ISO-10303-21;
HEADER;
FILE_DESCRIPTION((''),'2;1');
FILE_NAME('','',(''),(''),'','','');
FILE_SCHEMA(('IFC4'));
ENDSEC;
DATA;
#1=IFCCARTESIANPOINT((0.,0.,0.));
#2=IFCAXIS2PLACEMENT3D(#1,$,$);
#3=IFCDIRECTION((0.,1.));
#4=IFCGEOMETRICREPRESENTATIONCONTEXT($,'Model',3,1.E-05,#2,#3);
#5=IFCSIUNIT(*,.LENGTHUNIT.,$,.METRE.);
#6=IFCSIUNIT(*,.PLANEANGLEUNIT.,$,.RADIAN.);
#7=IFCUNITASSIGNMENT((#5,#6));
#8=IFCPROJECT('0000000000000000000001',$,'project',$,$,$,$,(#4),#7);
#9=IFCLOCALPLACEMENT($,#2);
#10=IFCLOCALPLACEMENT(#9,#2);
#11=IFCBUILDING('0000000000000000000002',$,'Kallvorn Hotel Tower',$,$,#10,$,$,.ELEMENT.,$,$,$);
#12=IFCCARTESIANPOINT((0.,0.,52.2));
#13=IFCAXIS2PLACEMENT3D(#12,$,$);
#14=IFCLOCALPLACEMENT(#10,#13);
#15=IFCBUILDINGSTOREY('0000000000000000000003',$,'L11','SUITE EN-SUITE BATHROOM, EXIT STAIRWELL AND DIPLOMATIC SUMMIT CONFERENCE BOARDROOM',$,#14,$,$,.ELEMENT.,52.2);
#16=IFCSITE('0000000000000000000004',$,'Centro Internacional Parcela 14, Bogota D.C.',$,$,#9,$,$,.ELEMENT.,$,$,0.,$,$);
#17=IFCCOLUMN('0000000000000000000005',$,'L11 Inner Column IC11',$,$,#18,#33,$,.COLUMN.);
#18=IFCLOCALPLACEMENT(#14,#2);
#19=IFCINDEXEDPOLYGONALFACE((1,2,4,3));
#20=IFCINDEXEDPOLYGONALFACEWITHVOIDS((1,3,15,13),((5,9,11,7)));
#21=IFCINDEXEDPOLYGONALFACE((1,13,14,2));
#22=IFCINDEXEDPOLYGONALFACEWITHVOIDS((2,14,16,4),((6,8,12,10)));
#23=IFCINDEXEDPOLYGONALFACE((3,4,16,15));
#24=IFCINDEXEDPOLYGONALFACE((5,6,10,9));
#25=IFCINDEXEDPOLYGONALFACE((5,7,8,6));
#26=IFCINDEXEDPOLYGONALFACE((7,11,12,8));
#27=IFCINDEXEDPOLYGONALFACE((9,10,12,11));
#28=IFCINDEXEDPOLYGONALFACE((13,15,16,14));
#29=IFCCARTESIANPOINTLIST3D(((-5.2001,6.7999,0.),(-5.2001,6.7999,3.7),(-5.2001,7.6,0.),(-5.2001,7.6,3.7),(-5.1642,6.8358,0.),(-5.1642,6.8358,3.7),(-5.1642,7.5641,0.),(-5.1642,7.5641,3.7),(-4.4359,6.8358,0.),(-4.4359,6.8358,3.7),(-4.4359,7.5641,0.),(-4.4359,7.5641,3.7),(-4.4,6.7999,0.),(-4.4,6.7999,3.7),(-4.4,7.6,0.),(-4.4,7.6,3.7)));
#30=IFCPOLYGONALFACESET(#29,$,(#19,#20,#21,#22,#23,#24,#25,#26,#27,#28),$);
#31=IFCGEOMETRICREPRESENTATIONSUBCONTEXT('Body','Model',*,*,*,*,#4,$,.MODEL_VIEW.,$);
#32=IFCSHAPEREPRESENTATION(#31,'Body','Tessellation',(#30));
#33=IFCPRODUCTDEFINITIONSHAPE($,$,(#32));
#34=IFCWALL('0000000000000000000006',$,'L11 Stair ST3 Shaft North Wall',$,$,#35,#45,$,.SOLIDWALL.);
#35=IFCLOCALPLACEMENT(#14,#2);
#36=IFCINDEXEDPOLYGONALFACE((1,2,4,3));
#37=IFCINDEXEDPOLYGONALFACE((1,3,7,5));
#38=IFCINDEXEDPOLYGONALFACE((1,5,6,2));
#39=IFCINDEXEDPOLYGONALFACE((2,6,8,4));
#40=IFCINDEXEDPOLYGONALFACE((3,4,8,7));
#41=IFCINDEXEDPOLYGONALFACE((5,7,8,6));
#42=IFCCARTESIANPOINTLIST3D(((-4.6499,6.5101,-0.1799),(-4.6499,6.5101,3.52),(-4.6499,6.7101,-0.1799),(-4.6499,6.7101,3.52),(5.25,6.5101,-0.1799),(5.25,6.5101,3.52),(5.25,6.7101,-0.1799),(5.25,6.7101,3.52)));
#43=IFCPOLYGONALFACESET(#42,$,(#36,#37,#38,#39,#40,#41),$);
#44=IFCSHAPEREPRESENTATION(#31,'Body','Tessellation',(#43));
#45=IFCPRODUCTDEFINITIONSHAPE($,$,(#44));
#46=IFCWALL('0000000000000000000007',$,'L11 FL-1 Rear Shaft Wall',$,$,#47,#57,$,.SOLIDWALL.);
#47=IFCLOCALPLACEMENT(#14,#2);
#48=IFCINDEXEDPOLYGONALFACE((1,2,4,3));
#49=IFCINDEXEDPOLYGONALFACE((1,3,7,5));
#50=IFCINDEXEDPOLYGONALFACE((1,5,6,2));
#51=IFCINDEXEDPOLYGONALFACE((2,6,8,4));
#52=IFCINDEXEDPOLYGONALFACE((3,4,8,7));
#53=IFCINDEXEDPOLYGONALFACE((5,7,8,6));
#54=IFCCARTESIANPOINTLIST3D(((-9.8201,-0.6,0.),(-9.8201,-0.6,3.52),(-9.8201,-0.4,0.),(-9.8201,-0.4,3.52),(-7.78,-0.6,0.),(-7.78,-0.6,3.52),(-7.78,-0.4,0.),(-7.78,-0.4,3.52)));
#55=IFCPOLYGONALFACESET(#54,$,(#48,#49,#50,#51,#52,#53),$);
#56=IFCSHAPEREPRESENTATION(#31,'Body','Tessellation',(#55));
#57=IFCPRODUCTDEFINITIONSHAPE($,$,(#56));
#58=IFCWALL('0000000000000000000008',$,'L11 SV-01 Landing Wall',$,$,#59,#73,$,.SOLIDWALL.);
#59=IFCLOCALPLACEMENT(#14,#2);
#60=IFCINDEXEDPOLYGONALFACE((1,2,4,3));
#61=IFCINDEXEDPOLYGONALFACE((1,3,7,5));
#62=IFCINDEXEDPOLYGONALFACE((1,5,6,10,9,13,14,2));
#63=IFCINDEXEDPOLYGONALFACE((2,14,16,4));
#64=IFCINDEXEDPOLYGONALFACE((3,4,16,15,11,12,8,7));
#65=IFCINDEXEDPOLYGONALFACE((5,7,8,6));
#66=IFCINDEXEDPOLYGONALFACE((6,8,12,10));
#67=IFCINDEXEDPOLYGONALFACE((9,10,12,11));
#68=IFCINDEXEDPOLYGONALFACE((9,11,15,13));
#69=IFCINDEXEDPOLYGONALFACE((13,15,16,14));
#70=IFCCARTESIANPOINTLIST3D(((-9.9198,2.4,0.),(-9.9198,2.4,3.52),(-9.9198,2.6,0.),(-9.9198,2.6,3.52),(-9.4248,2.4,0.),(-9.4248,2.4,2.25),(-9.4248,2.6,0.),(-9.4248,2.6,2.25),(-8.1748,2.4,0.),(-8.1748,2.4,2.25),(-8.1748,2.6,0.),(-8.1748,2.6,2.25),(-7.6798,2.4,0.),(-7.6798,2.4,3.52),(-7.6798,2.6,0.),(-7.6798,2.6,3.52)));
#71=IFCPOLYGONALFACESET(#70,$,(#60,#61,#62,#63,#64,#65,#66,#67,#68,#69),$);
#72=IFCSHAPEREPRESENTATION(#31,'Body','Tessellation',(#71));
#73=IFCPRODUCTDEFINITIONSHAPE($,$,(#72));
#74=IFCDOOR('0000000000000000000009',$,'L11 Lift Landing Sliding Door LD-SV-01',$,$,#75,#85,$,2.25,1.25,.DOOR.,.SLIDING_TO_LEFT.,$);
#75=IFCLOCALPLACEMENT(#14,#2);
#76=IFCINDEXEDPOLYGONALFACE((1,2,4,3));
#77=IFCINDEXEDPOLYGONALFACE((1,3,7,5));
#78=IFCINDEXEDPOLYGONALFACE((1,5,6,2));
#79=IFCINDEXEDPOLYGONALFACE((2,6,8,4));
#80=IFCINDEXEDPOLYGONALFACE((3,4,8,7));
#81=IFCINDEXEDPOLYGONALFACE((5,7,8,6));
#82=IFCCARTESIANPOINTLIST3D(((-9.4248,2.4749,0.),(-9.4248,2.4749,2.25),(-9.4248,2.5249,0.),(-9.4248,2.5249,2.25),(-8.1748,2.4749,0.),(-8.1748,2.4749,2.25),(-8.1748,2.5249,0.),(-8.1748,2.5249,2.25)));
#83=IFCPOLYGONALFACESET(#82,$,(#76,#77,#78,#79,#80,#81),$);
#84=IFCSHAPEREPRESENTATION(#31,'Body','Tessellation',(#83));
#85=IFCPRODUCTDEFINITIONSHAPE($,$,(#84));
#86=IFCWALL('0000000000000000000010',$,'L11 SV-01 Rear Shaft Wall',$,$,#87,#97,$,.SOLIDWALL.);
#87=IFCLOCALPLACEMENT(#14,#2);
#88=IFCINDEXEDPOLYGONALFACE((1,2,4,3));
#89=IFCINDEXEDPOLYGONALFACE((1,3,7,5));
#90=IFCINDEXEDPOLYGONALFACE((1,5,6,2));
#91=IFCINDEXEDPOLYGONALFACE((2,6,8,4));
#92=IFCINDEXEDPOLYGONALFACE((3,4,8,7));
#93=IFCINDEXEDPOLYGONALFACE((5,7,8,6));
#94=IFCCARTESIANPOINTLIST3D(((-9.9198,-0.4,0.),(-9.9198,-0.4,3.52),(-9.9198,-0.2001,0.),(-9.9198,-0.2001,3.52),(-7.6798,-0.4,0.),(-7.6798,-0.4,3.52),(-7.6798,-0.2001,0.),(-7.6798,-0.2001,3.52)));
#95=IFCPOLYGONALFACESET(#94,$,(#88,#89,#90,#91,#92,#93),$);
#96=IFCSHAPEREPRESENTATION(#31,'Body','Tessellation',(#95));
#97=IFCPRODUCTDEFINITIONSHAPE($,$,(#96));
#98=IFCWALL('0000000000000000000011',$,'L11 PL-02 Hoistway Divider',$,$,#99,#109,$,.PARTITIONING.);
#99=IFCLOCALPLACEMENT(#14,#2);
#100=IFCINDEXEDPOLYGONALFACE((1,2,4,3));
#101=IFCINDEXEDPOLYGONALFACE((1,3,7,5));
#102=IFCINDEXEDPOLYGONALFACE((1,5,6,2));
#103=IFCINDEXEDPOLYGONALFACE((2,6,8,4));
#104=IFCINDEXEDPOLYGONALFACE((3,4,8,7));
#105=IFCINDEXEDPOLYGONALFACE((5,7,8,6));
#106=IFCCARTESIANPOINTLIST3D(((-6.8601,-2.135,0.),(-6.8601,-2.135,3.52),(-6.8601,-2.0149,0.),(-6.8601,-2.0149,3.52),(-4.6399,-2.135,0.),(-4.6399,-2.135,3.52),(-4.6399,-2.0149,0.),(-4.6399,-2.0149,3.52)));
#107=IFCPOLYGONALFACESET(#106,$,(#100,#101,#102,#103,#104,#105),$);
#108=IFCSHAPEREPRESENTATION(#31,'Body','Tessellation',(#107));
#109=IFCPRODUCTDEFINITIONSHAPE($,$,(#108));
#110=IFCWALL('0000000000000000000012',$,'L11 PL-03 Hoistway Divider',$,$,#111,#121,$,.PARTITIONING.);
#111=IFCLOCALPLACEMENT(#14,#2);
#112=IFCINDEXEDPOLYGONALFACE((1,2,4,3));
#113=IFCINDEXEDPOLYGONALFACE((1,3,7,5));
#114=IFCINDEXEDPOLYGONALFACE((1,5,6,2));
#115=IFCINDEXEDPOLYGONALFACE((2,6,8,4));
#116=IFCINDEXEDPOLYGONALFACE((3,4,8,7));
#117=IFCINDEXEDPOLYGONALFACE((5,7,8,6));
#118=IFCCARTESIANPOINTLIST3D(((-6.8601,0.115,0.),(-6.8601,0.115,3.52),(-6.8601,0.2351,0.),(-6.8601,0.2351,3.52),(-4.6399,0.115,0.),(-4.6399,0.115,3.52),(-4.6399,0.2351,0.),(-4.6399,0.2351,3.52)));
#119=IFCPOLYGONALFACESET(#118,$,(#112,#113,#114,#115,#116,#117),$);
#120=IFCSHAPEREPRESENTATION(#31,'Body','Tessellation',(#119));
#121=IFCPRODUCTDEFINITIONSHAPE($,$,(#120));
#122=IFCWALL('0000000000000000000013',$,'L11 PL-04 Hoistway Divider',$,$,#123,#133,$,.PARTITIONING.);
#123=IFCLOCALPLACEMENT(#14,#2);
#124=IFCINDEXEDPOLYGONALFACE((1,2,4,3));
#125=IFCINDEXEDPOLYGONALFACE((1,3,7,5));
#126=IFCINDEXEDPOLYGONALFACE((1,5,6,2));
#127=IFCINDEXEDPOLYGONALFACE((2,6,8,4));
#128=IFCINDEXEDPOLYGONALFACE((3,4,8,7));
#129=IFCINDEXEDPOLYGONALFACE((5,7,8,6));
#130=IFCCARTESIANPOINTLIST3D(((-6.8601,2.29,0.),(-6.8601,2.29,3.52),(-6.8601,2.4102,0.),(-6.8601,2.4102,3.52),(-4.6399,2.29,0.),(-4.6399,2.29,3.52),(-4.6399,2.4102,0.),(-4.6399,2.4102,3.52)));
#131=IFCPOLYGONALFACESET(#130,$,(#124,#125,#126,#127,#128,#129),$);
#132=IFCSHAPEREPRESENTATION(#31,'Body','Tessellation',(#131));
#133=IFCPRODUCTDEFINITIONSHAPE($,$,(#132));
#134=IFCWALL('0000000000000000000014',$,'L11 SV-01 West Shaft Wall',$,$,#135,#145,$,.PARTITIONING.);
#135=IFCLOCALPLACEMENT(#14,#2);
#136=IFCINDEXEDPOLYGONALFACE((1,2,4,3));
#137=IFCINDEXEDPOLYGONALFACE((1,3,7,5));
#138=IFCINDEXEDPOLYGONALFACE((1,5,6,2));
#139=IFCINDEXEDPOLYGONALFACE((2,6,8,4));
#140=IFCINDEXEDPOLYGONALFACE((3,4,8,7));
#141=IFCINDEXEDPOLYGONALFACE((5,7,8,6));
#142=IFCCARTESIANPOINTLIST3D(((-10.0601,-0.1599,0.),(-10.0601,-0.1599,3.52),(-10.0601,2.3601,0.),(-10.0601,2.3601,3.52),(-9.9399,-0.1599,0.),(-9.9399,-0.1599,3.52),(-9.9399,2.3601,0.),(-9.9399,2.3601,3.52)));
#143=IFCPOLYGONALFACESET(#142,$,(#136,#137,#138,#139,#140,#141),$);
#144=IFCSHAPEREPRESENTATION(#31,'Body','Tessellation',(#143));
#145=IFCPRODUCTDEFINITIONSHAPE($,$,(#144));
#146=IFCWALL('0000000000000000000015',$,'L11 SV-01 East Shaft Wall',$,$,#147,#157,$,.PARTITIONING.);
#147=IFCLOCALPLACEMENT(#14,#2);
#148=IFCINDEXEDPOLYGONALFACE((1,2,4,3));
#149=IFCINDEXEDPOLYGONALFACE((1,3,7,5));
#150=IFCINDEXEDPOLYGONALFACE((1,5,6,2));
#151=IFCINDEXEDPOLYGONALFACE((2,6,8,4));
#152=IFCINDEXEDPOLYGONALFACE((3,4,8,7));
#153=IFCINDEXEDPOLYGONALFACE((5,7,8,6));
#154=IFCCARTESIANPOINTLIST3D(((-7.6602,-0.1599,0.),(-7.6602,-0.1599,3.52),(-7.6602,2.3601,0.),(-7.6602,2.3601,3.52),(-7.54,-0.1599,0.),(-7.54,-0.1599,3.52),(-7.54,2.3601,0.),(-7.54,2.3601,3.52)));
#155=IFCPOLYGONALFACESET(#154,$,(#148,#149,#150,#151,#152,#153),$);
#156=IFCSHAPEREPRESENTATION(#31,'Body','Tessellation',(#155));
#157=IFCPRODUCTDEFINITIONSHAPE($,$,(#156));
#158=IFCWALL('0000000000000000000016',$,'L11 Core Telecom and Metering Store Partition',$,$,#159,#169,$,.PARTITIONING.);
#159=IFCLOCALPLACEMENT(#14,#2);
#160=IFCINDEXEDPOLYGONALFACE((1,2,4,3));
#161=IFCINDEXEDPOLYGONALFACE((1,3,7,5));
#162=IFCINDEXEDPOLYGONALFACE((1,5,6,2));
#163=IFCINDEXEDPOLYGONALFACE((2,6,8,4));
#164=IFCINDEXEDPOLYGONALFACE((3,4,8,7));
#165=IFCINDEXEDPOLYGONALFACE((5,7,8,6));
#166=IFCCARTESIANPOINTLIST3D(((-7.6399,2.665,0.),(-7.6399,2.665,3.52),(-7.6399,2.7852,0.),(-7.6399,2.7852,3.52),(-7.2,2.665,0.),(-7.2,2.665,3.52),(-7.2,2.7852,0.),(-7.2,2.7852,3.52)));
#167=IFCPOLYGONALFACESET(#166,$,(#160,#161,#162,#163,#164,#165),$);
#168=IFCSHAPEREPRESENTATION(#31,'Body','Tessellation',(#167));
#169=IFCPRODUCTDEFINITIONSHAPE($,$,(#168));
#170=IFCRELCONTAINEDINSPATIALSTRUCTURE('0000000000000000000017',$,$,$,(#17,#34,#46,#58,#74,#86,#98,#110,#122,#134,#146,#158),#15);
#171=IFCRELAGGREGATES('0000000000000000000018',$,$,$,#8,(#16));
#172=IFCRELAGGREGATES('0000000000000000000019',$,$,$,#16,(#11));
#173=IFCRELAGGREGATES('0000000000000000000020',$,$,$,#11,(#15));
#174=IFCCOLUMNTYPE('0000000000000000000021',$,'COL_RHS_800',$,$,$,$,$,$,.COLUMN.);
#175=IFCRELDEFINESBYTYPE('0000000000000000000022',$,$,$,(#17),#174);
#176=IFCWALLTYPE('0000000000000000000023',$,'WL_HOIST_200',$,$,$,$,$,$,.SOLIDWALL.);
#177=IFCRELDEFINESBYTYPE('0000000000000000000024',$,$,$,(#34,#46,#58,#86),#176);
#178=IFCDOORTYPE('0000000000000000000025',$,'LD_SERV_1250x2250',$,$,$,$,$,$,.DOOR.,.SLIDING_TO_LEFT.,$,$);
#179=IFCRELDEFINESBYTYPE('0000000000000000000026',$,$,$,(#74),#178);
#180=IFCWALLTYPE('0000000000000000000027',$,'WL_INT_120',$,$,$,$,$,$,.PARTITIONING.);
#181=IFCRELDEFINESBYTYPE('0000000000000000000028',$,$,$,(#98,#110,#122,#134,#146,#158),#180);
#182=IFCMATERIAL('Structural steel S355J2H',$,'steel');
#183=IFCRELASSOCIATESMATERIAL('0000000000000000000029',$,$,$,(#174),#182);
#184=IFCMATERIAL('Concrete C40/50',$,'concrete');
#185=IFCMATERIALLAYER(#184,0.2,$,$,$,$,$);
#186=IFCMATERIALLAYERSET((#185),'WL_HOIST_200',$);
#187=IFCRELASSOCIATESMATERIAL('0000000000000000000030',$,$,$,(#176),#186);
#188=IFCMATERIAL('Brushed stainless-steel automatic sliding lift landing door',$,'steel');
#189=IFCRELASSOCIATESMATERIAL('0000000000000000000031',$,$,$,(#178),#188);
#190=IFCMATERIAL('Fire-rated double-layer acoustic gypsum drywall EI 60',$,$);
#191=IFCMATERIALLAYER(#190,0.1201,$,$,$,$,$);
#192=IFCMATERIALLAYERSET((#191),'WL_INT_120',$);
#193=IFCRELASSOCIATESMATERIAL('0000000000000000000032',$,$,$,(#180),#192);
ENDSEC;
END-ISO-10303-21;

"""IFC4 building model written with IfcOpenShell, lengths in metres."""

from ifc_helpers import new_model, si_unit, direction, frame, frame_2d, origin, origin_2d, place, context, subcontext, project, spatial, rectangle, hollow_rectangle, extrude, material, layer, layer_set, material_profile, profile_set, type_object, element, fill, save


model = new_model("IFC4")

# Units and contexts
model_context = context("Model", 3, precision=1e-05, world=origin(), true_north=direction((0.0, 1.0)))
body_context = subcontext(model_context, "Body", "Model", "MODEL_VIEW")
ifc_project = project(units=[si_unit("LENGTHUNIT", "METRE"), si_unit("PLANEANGLEUNIT", "RADIAN")], contexts=[model_context])

# Site, building, storey
site_placement = place(None, origin())
site = spatial("IfcSite", under=ifc_project, at=site_placement, Name="Centro Internacional Parcela 14, Bogota D.C.", CompositionType="ELEMENT", RefElevation=0.0)
building_placement = place(site_placement, origin())
building = spatial("IfcBuilding", under=site, at=building_placement, Name="Kallvorn Hotel Tower", CompositionType="ELEMENT")
storey_placement = place(building_placement, frame((0.0, 0.0, 52.2)))
storey = spatial("IfcBuildingStorey", under=building, at=storey_placement, Name="L11", Description="SUITE EN-SUITE BATHROOM, EXIT STAIRWELL AND DIPLOMATIC SUMMIT CONFERENCE BOARDROOM", CompositionType="ELEMENT", Elevation=52.2)

# Column
ifc_material_1 = material(Name="Structural steel S355J2H", Category="steel")
ifc_material_profile = material_profile(ifc_material_1, hollow_rectangle(XDim=0.8, YDim=0.8, WallThickness=0.0359, at=origin_2d()), Name="RHS 800x800x36")
ifc_profile_set = profile_set([ifc_material_profile], Name="Structural steel S355J2H")
column_type = type_object("IfcColumnType", Name="COL_RHS_800", PredefinedType="COLUMN", material=ifc_profile_set)
column_placement = place(storey_placement, frame((-4.8, 7.2, 0.0), z_axis=(0.0, 0.0, 1.0), x_axis=(1.0, 0.0, 0.0)))
element("IfcColumn", 1, at=column_placement, inside=storey, type_object=column_type, Name="L11 Inner Column IC11", PredefinedType="COLUMN", context=body_context, shape_type="SweptSolid", body=[
    extrude(hollow_rectangle(XDim=0.8, YDim=0.8, WallThickness=0.0359, at=origin_2d()), origin(), (0.0, 0.0, 1.0), 3.7),
])

# Walls
ifc_material_2 = material(Name="Concrete C40/50", Category="concrete")
ifc_layer_1 = layer(ifc_material_2, 0.2)
ifc_layer_set_1 = layer_set([ifc_layer_1], Name="WL_HOIST_200")
wall_type_1 = type_object("IfcWallType", Name="WL_HOIST_200", PredefinedType="SOLIDWALL", material=ifc_layer_set_1)
wall_1_placement = place(storey_placement, frame((-4.6499, 6.6101, -0.1799), z_axis=(0.0, 0.0, 1.0), x_axis=(1.0, 0.0, 0.0)))
element("IfcWall", 2, at=wall_1_placement, inside=storey, type_object=wall_type_1, Name="L11 Stair ST3 Shaft North Wall", PredefinedType="SOLIDWALL", context=body_context, shape_type="SweptSolid", body=[
    extrude(rectangle(XDim=9.8999, YDim=0.2, at=frame_2d((4.95, 0.0))), origin(), (0.0, 0.0, 1.0), 3.7),
])
wall_2_placement = place(storey_placement, frame((-9.8201, -0.5, 0.0), z_axis=(0.0, 0.0, 1.0), x_axis=(1.0, 0.0, 0.0)))
element("IfcWall", 3, at=wall_2_placement, inside=storey, type_object=wall_type_1, Name="L11 FL-1 Rear Shaft Wall", PredefinedType="SOLIDWALL", context=body_context, shape_type="SweptSolid", body=[
    extrude(rectangle(XDim=2.04, YDim=0.2, at=frame_2d((1.02, 0.0))), origin(), (0.0, 0.0, 1.0), 3.52),
])

# Wall, opening, door
wall_3_placement = place(storey_placement, frame((-9.9199, 2.5, 0.0), z_axis=(0.0, 0.0, 1.0), x_axis=(1.0, 0.0, 0.0)))
wall_3 = element("IfcWall", 4, at=wall_3_placement, inside=storey, type_object=wall_type_1, Name="L11 SV-01 Landing Wall", PredefinedType="SOLIDWALL", context=body_context, shape_type="SweptSolid", body=[
    extrude(rectangle(XDim=2.24, YDim=0.2, at=frame_2d((1.1201, 0.0))), origin(), (0.0, 0.0, 1.0), 3.52),
])
opening_1_placement = place(wall_3_placement, frame((0.4951, 0.0, 0.0)))
opening_1 = element("IfcOpeningElement", 5, at=opening_1_placement, cuts=wall_3, PredefinedType="OPENING", context=body_context, shape_type="SweptSolid", body=[
    extrude(rectangle(XDim=1.25, YDim=2.25, at=frame_2d((0.625, 1.125))), frame((0.0, 0.115, 0.0), z_axis=(0.0, -1.0, 0.0), x_axis=(1.0, 0.0, 0.0)), (0.0, 0.0, 1.0), 0.23),
])
ifc_material_3 = material(Name="Brushed stainless-steel automatic sliding lift landing door", Category="steel")
door_type_1 = type_object("IfcDoorType", Name="LD_SERV_1250x2250", OperationType="SLIDING_TO_LEFT", PredefinedType="DOOR", material=ifc_material_3)
door_1_placement = place(opening_1_placement, origin())
door_1 = element("IfcDoor", 6, at=door_1_placement, inside=storey, type_object=door_type_1, Name="L11 Lift Landing Sliding Door LD-SV-01", OperationType="SLIDING_TO_LEFT", OverallHeight=2.25, OverallWidth=1.25, PredefinedType="DOOR", context=body_context, shape_type="SweptSolid", body=[
    extrude(rectangle(XDim=1.25, YDim=2.25, at=frame_2d((0.625, 1.125))), frame((0.0, 0.0249, 0.0), z_axis=(0.0, -1.0, 0.0), x_axis=(1.0, 0.0, 0.0)), (0.0, 0.0, 1.0), 0.05),
])
fill(opening_1, door_1)

# Walls
wall_4_placement = place(storey_placement, frame((-9.9199, -0.3, 0.0), z_axis=(0.0, 0.0, 1.0), x_axis=(1.0, 0.0, 0.0)))
element("IfcWall", 7, at=wall_4_placement, inside=storey, type_object=wall_type_1, Name="L11 SV-01 Rear Shaft Wall", PredefinedType="SOLIDWALL", context=body_context, shape_type="SweptSolid", body=[
    extrude(rectangle(XDim=2.24, YDim=0.2, at=frame_2d((1.1201, 0.0))), origin(), (0.0, 0.0, 1.0), 3.52),
])
ifc_material_4 = material(Name="Fire-rated double-layer acoustic gypsum drywall EI 60")
ifc_layer_2 = layer(ifc_material_4, 0.1201)
ifc_layer_set_2 = layer_set([ifc_layer_2], Name="WL_INT_120")
wall_type_2 = type_object("IfcWallType", Name="WL_INT_120", PredefinedType="PARTITIONING", material=ifc_layer_set_2)
for number, where, z_axis, x_axis, name in (
    (8, (-6.8601, -2.075, 0.0), (0.0, 0.0, 1.0), (1.0, 0.0, 0.0), "L11 PL-02 Hoistway Divider"),
    (9, (-6.8601, 0.175, 0.0), (0.0, 0.0, 1.0), (1.0, 0.0, 0.0), "L11 PL-03 Hoistway Divider"),
    (10, (-6.8601, 2.3501, 0.0), (0.0, 0.0, 1.0), (1.0, 0.0, 0.0), "L11 PL-04 Hoistway Divider"),
):
    element("IfcWall", number, at=place(storey_placement, frame(where, z_axis=z_axis, x_axis=x_axis)), inside=storey, type_object=wall_type_2, Name=name, PredefinedType="PARTITIONING", context=body_context, shape_type="SweptSolid", body=[
        extrude(rectangle(XDim=2.2202, YDim=0.1201, at=frame_2d((1.1101, 0.0))), origin(), (0.0, 0.0, 1.0), 3.52),
    ])
for number, where, z_axis, x_axis, name in (
    (11, (-10.0, -0.1599, 0.0), (0.0, 0.0, 1.0), (0.0, 1.0, 0.0), "L11 SV-01 West Shaft Wall"),
    (12, (-7.6001, -0.1599, 0.0), (0.0, 0.0, 1.0), (0.0, 1.0, 0.0), "L11 SV-01 East Shaft Wall"),
):
    element("IfcWall", number, at=place(storey_placement, frame(where, z_axis=z_axis, x_axis=x_axis)), inside=storey, type_object=wall_type_2, Name=name, PredefinedType="PARTITIONING", context=body_context, shape_type="SweptSolid", body=[
        extrude(rectangle(XDim=2.52, YDim=0.1201, at=frame_2d((1.26, 0.0))), origin(), (0.0, 0.0, 1.0), 3.52),
    ])
wall_5_placement = place(storey_placement, frame((-7.6399, 2.7251, 0.0), z_axis=(0.0, 0.0, 1.0), x_axis=(1.0, 0.0, 0.0)))
element("IfcWall", 13, at=wall_5_placement, inside=storey, type_object=wall_type_2, Name="L11 Core Telecom and Metering Store Partition", PredefinedType="PARTITIONING", context=body_context, shape_type="SweptSolid", body=[
    extrude(rectangle(XDim=0.4399, YDim=0.1201, at=frame_2d((0.22, 0.0))), origin(), (0.0, 0.0, 1.0), 3.52),
])

save(model, "model.ifc")
